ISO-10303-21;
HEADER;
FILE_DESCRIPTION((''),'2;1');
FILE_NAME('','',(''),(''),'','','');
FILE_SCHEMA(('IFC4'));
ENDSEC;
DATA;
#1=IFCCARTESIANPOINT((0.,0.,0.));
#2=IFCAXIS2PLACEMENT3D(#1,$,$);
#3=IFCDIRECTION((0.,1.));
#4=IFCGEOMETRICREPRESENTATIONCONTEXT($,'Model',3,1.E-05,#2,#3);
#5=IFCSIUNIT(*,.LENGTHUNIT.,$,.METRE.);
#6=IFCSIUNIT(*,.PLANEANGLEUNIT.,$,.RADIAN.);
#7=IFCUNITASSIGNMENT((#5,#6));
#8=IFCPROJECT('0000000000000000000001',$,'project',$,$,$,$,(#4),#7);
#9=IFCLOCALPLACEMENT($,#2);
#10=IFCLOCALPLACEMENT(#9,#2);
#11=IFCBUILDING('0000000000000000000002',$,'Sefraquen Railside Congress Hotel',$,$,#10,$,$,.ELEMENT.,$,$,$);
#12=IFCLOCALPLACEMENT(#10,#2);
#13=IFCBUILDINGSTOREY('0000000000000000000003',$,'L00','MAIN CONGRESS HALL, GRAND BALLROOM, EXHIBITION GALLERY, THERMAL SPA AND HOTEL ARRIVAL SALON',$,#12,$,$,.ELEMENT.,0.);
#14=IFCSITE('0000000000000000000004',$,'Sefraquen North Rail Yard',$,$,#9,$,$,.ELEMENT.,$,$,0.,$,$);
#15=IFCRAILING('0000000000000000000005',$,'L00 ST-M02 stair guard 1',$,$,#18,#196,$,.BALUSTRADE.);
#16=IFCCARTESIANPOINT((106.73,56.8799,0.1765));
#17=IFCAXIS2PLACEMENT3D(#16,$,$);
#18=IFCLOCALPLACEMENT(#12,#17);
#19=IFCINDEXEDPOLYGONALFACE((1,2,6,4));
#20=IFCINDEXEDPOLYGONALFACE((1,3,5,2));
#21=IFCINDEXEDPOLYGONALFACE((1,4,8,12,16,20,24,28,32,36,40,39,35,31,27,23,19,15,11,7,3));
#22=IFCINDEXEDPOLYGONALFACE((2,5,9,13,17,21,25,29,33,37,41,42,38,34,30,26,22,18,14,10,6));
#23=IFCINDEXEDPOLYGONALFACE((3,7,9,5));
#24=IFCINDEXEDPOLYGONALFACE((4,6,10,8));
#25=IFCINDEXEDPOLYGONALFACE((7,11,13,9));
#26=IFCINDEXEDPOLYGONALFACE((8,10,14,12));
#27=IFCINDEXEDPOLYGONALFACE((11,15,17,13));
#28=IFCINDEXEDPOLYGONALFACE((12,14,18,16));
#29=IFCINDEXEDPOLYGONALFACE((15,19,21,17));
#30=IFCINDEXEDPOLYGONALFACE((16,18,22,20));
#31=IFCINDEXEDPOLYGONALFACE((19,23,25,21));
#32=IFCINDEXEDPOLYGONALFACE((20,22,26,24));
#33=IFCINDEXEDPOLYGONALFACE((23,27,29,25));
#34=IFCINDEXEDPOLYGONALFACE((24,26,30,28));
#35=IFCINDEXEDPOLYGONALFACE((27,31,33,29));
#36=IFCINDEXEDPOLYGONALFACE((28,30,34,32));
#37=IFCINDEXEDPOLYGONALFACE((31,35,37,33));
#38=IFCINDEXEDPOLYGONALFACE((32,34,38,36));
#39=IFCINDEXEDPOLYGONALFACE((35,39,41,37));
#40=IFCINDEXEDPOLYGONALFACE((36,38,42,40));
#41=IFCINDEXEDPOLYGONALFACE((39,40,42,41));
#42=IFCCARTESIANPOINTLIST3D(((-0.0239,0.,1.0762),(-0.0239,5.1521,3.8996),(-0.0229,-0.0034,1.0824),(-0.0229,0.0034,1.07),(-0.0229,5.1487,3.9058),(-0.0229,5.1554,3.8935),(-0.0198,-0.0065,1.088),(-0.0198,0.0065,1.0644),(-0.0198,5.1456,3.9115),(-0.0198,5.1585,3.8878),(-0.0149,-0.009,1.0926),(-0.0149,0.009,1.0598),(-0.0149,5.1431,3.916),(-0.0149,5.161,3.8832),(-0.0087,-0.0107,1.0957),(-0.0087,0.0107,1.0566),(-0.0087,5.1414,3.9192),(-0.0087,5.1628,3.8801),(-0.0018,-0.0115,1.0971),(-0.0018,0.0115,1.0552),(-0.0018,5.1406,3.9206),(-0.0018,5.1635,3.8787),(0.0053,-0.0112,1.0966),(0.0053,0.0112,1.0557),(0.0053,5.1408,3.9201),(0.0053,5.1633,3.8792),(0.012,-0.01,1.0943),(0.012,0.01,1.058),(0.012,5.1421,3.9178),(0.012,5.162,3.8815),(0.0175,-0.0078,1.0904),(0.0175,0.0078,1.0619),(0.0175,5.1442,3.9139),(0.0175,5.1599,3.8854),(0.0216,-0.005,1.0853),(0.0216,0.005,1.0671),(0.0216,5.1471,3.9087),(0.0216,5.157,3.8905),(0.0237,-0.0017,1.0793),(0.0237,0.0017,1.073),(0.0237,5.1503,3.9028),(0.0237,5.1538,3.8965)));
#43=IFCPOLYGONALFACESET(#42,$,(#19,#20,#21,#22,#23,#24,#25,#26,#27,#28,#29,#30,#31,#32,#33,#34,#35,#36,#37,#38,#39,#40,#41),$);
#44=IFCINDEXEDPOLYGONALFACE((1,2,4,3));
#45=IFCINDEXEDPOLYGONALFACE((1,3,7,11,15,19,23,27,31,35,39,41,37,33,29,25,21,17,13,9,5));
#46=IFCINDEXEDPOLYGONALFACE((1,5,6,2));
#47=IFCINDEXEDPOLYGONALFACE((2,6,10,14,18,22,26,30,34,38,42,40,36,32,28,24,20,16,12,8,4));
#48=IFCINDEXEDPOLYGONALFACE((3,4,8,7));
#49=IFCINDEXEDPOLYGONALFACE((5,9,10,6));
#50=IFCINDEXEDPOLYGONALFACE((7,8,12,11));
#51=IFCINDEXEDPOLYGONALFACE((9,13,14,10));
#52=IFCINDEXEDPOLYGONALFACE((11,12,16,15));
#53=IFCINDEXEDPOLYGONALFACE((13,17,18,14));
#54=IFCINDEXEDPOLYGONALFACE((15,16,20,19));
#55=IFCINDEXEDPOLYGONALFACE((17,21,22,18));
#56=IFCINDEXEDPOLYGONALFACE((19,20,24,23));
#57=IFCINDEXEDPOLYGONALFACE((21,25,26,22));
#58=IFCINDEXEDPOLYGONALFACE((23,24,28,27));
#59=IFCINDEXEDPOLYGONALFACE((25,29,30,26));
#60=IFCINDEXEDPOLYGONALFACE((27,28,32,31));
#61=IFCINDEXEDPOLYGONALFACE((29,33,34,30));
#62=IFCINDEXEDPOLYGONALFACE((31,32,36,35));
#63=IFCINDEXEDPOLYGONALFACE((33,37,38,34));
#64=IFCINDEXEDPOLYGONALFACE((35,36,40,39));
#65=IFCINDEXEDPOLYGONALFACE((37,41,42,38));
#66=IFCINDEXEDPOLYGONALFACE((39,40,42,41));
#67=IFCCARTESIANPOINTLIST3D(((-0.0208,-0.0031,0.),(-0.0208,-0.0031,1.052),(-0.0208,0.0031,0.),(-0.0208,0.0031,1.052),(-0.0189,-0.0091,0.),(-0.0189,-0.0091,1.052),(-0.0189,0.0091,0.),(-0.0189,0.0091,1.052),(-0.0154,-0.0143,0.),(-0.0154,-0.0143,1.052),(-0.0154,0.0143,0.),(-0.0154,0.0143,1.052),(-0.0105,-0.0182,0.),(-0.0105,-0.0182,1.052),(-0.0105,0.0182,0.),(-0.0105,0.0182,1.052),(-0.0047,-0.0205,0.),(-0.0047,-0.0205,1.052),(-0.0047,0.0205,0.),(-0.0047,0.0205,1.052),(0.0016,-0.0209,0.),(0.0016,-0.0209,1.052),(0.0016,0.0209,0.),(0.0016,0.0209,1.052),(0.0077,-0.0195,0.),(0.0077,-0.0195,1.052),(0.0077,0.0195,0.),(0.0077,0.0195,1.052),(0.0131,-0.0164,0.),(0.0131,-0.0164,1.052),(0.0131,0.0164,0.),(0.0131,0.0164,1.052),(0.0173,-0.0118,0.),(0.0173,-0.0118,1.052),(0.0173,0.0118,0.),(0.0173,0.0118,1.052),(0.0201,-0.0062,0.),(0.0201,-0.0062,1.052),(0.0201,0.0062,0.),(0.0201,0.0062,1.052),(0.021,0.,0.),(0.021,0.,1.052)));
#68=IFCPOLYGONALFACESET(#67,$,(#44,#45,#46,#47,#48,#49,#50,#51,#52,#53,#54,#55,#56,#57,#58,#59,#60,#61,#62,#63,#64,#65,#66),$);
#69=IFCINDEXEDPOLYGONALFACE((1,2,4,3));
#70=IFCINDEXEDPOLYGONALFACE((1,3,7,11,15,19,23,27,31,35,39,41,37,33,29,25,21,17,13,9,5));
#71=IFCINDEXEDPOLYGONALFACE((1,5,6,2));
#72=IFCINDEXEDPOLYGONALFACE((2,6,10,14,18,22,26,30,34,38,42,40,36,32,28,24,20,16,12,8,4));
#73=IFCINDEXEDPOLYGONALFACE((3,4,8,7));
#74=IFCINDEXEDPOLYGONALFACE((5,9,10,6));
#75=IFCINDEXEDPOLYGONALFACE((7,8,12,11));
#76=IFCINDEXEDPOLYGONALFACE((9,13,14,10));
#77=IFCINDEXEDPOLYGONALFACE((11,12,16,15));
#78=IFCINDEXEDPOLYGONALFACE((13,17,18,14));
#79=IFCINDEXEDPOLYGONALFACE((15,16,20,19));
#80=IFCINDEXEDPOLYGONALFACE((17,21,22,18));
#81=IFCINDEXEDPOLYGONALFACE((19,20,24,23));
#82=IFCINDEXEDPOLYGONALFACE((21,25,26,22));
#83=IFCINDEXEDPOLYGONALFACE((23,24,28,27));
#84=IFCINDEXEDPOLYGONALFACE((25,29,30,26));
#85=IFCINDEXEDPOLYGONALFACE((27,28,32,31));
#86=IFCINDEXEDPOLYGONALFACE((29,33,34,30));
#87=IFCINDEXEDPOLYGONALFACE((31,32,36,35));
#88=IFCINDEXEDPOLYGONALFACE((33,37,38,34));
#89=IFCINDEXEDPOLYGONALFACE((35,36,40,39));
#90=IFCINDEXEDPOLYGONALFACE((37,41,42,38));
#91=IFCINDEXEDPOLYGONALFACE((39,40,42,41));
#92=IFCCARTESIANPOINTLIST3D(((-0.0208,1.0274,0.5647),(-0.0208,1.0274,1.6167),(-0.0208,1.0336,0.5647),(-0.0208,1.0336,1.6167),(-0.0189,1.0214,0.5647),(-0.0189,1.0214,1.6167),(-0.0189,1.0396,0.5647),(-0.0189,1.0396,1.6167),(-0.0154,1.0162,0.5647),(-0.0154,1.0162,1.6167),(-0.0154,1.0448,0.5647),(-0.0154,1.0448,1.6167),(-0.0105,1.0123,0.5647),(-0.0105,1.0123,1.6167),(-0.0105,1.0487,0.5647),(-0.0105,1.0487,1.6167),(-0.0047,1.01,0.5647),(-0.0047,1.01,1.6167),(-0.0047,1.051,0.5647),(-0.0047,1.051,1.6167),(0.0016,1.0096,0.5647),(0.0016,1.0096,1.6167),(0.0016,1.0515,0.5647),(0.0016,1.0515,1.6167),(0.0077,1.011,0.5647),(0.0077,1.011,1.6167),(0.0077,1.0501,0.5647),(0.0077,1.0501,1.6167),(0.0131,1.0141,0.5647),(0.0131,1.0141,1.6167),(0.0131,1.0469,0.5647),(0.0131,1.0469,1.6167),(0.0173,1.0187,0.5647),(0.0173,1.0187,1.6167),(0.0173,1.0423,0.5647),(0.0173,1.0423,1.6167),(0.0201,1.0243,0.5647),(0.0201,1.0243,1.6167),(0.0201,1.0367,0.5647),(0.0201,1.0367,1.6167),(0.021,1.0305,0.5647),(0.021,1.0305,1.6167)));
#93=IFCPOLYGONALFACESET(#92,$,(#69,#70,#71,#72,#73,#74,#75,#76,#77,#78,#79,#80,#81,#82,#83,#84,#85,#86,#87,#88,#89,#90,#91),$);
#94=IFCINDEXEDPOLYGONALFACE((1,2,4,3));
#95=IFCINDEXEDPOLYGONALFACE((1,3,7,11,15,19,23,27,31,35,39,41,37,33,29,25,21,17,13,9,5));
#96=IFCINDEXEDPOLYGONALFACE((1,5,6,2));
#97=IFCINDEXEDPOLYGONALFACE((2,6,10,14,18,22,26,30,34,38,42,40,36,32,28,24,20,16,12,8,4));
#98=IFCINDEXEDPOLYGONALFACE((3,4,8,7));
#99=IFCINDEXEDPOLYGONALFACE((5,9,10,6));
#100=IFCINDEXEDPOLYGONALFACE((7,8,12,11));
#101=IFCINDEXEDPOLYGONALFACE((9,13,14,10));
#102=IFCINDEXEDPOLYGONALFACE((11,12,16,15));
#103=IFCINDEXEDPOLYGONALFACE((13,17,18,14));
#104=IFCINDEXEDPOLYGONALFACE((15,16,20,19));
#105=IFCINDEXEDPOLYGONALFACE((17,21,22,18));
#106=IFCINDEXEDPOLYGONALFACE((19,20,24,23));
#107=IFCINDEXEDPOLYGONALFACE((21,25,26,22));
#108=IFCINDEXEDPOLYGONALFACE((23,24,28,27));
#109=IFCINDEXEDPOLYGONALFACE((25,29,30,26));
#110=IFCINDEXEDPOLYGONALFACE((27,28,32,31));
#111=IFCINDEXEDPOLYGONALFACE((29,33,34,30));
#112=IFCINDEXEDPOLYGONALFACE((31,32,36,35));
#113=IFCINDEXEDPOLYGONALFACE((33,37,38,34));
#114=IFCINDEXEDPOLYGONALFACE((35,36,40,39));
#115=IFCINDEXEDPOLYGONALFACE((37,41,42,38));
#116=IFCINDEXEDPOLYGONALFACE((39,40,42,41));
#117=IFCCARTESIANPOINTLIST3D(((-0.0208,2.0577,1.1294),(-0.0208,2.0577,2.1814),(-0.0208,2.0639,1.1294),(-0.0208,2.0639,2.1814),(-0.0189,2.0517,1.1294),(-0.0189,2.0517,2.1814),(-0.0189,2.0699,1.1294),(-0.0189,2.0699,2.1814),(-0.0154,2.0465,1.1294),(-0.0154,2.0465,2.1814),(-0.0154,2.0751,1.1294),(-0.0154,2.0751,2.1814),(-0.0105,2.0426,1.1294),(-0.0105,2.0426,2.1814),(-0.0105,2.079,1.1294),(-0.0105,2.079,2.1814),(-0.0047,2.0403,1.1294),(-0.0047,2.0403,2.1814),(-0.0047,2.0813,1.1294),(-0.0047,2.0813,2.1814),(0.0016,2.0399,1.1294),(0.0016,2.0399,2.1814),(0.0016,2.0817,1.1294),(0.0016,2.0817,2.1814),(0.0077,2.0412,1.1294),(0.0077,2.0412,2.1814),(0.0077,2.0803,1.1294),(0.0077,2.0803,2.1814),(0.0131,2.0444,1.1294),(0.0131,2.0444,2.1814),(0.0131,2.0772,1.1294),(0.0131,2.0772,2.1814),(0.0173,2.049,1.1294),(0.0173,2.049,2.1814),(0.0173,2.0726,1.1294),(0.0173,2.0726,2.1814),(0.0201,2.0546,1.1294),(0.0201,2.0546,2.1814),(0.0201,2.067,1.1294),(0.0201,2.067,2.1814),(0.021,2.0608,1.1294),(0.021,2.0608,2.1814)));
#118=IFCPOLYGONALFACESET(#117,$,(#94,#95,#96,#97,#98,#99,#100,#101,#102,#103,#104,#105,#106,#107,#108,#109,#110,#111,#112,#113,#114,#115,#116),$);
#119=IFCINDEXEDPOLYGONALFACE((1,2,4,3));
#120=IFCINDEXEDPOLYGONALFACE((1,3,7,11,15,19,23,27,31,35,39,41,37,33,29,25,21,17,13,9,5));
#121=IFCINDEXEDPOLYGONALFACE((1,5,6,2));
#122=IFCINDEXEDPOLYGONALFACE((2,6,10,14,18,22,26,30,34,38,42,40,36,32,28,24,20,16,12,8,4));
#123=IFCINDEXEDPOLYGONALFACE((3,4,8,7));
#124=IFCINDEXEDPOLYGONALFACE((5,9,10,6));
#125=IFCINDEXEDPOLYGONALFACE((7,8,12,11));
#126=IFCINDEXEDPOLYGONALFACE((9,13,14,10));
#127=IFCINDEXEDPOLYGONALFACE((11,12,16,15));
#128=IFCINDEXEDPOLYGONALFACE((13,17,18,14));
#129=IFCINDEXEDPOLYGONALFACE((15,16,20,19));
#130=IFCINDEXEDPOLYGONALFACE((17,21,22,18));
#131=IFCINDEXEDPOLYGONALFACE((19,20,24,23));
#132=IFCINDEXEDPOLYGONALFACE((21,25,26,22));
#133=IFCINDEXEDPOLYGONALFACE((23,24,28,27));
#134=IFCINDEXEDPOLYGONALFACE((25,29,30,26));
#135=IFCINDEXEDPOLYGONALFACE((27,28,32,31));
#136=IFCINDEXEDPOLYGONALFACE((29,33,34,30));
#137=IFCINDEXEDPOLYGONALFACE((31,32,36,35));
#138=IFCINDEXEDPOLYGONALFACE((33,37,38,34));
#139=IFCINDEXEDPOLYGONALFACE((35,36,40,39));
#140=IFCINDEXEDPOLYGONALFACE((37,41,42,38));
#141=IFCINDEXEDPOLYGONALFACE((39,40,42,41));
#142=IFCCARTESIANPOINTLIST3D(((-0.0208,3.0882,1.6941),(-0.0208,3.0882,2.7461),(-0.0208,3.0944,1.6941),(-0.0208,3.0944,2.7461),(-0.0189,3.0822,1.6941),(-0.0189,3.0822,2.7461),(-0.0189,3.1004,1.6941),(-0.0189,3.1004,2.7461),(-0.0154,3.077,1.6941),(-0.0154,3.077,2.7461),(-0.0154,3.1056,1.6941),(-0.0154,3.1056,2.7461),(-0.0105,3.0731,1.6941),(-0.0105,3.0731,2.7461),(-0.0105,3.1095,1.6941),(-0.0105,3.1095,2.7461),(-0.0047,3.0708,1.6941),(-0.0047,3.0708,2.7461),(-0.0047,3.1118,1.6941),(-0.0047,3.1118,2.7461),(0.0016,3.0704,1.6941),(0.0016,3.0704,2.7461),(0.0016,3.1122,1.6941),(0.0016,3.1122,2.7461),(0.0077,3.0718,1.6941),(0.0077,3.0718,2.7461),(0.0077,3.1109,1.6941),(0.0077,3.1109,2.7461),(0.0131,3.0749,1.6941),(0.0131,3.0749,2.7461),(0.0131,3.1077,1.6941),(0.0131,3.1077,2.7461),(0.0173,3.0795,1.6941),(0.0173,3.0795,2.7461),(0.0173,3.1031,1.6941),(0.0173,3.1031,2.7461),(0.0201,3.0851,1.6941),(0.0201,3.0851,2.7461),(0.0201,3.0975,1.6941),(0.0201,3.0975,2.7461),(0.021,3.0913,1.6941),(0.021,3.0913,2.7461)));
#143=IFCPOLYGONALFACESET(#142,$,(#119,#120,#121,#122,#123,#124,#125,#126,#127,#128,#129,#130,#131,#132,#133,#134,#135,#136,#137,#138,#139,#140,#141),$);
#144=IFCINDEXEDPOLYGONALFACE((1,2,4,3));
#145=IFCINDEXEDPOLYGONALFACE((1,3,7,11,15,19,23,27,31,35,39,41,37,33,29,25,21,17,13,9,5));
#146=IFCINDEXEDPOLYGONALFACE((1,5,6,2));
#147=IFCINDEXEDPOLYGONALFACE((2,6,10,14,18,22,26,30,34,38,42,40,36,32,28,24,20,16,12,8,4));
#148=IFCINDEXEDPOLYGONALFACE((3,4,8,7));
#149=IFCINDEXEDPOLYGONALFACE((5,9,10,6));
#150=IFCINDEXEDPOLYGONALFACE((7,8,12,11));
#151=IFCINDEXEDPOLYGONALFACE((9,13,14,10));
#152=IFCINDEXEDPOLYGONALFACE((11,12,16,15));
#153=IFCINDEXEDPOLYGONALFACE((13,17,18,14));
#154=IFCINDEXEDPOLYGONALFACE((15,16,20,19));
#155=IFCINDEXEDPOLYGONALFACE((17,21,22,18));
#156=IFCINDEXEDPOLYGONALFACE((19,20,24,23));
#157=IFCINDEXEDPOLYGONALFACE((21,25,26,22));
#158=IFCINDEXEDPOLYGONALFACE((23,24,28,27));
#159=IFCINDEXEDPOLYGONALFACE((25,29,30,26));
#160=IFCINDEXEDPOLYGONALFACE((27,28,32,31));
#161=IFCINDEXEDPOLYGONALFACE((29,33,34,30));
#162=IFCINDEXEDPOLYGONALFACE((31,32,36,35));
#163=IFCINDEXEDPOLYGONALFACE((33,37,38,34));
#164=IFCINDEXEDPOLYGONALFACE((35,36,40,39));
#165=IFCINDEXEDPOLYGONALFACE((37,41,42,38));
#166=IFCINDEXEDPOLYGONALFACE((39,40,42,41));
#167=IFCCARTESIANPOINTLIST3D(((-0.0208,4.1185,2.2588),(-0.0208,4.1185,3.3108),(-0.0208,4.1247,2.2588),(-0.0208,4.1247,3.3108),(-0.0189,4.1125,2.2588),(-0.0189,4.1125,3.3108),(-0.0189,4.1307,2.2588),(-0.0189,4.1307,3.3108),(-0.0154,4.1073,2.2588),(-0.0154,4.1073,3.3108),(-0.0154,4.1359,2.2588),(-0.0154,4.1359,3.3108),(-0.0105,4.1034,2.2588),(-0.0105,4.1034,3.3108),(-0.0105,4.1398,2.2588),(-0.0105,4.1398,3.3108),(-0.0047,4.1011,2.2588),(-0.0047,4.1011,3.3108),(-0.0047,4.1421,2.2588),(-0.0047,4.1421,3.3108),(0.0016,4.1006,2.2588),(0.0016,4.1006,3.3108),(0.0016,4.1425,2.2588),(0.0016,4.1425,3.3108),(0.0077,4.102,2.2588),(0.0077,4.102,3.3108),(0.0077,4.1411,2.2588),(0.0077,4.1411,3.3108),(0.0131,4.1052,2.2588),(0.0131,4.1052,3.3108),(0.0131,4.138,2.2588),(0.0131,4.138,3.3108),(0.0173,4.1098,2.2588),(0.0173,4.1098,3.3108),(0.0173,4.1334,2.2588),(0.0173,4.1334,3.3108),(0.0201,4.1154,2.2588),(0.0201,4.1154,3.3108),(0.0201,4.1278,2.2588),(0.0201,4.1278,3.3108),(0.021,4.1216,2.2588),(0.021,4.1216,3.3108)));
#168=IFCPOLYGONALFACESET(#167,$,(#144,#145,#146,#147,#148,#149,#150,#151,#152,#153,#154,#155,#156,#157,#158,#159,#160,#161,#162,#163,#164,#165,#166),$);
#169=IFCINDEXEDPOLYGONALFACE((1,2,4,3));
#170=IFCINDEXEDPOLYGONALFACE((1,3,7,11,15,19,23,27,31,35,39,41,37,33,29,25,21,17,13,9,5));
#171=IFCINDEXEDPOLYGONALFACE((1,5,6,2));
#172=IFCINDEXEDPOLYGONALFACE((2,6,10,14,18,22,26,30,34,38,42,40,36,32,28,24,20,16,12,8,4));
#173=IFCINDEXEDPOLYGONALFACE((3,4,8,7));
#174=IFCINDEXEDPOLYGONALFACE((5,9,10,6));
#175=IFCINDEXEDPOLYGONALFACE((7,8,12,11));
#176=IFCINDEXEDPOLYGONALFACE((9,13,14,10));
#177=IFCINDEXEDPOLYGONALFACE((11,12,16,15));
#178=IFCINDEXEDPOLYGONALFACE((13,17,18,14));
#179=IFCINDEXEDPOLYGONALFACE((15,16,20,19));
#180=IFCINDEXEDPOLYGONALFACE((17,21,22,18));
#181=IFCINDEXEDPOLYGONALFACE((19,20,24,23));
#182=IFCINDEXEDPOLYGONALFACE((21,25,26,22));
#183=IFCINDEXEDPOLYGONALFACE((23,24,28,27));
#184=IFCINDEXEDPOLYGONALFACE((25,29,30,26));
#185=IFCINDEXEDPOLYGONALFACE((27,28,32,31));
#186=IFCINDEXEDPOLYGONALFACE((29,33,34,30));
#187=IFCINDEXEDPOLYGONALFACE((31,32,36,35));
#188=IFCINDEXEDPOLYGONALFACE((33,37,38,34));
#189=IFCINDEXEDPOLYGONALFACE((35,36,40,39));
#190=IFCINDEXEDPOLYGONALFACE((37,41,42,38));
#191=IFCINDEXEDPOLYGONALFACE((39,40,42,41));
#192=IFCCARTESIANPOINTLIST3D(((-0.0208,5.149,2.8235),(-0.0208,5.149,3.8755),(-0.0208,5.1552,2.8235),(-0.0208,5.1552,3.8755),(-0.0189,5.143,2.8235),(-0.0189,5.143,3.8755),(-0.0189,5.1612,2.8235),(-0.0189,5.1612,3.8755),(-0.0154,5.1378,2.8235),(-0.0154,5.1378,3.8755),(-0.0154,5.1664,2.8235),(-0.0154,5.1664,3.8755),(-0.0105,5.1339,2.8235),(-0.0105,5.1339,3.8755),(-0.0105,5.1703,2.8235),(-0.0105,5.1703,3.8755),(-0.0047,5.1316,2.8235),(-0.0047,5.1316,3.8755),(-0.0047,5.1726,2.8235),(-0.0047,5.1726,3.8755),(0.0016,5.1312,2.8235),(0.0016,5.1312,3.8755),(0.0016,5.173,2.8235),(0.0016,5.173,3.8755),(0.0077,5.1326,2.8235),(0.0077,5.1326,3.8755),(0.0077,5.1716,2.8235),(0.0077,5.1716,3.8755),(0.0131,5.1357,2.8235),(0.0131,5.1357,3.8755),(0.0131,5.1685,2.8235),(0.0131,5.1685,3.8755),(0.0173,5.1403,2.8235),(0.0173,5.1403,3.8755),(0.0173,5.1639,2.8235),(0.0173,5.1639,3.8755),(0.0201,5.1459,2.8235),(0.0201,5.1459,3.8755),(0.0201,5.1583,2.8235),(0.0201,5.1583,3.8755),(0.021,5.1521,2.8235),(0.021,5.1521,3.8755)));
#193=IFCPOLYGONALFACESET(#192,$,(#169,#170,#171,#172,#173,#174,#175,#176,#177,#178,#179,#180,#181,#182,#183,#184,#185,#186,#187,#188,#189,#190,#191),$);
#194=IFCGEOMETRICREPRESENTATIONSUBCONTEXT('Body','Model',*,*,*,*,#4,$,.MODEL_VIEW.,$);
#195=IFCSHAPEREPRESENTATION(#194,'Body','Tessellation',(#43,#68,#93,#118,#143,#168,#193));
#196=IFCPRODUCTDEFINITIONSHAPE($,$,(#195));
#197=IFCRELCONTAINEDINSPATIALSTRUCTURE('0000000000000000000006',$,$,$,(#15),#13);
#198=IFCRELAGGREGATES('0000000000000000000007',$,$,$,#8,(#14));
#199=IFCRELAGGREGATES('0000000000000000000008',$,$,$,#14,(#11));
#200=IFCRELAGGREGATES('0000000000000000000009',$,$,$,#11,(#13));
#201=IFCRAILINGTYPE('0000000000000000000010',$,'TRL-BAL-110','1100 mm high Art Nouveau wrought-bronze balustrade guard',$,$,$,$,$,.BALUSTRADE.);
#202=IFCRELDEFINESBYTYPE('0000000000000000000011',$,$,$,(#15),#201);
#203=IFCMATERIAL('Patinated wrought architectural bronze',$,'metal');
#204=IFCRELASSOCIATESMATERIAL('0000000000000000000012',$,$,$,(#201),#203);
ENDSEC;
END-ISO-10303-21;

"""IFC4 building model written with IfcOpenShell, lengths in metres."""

from ifc_helpers import new_model, si_unit, direction, frame, origin, origin_2d, place, context, subcontext, project, spatial, circle, extrude, material, type_object, element, save


model = new_model("IFC4")

# Units and contexts
model_context = context("Model", 3, precision=1e-05, world=origin(), true_north=direction((0.0, 1.0)))
body_context = subcontext(model_context, "Body", "Model", "MODEL_VIEW")
ifc_project = project(units=[si_unit("LENGTHUNIT", "METRE"), si_unit("PLANEANGLEUNIT", "RADIAN")], contexts=[model_context])

# Site, building, storey
site_placement = place(None, origin())
site = spatial("IfcSite", under=ifc_project, at=site_placement, Name="Sefraquen North Rail Yard", CompositionType="ELEMENT", RefElevation=0.0)
building_placement = place(site_placement, origin())
building = spatial("IfcBuilding", under=site, at=building_placement, Name="Sefraquen Railside Congress Hotel", CompositionType="ELEMENT")
storey_placement = place(building_placement, origin())
storey = spatial("IfcBuildingStorey", under=building, at=storey_placement, Name="L00", Description="MAIN CONGRESS HALL, GRAND BALLROOM, EXHIBITION GALLERY, THERMAL SPA AND HOTEL ARRIVAL SALON", CompositionType="ELEMENT", Elevation=0.0)

# Railing
ifc_material_1 = material(Name="Patinated wrought architectural bronze", Category="metal")
railing_type_1 = type_object("IfcRailingType", Name="TRL-BAL-110", Description="1100 mm high Art Nouveau wrought-bronze balustrade guard", PredefinedType="BALUSTRADE", material=ifc_material_1)
railing_1_placement = place(storey_placement, frame((106.73, 56.8799, 0.1765)))
element("IfcRailing", 1, at=railing_1_placement, inside=storey, type_object=railing_type_1, Name="L00 ST-M02 stair guard 1", PredefinedType="BALUSTRADE", context=body_context, shape_type="SweptSolid", body=[
    extrude(circle(Radius=0.0239, at=origin_2d()), frame((0.0, 0.0, 1.0762), z_axis=(0.0, 0.876946, 0.480589), x_axis=(-1.0, 0.0, 0.0)), (0.0, 0.0, 1.0), 5.875),
    extrude(circle(Radius=0.021, at=origin_2d()), origin(), (0.0, 0.0, 1.0), 1.052),
    extrude(circle(Radius=0.021, at=origin_2d()), frame((0.0, 1.0305, 0.5647)), (0.0, 0.0, 1.0), 1.052),
    extrude(circle(Radius=0.021, at=origin_2d()), frame((0.0, 2.0608, 1.1294)), (0.0, 0.0, 1.0), 1.052),
    extrude(circle(Radius=0.021, at=origin_2d()), frame((0.0, 3.0913, 1.6941)), (0.0, 0.0, 1.0), 1.052),
    extrude(circle(Radius=0.021, at=origin_2d()), frame((0.0, 4.1216, 2.2588)), (0.0, 0.0, 1.0), 1.052),
    extrude(circle(Radius=0.021, at=origin_2d()), frame((0.0, 5.1521, 2.8235)), (0.0, 0.0, 1.0), 1.052),
])

save(model, "model.ifc")
